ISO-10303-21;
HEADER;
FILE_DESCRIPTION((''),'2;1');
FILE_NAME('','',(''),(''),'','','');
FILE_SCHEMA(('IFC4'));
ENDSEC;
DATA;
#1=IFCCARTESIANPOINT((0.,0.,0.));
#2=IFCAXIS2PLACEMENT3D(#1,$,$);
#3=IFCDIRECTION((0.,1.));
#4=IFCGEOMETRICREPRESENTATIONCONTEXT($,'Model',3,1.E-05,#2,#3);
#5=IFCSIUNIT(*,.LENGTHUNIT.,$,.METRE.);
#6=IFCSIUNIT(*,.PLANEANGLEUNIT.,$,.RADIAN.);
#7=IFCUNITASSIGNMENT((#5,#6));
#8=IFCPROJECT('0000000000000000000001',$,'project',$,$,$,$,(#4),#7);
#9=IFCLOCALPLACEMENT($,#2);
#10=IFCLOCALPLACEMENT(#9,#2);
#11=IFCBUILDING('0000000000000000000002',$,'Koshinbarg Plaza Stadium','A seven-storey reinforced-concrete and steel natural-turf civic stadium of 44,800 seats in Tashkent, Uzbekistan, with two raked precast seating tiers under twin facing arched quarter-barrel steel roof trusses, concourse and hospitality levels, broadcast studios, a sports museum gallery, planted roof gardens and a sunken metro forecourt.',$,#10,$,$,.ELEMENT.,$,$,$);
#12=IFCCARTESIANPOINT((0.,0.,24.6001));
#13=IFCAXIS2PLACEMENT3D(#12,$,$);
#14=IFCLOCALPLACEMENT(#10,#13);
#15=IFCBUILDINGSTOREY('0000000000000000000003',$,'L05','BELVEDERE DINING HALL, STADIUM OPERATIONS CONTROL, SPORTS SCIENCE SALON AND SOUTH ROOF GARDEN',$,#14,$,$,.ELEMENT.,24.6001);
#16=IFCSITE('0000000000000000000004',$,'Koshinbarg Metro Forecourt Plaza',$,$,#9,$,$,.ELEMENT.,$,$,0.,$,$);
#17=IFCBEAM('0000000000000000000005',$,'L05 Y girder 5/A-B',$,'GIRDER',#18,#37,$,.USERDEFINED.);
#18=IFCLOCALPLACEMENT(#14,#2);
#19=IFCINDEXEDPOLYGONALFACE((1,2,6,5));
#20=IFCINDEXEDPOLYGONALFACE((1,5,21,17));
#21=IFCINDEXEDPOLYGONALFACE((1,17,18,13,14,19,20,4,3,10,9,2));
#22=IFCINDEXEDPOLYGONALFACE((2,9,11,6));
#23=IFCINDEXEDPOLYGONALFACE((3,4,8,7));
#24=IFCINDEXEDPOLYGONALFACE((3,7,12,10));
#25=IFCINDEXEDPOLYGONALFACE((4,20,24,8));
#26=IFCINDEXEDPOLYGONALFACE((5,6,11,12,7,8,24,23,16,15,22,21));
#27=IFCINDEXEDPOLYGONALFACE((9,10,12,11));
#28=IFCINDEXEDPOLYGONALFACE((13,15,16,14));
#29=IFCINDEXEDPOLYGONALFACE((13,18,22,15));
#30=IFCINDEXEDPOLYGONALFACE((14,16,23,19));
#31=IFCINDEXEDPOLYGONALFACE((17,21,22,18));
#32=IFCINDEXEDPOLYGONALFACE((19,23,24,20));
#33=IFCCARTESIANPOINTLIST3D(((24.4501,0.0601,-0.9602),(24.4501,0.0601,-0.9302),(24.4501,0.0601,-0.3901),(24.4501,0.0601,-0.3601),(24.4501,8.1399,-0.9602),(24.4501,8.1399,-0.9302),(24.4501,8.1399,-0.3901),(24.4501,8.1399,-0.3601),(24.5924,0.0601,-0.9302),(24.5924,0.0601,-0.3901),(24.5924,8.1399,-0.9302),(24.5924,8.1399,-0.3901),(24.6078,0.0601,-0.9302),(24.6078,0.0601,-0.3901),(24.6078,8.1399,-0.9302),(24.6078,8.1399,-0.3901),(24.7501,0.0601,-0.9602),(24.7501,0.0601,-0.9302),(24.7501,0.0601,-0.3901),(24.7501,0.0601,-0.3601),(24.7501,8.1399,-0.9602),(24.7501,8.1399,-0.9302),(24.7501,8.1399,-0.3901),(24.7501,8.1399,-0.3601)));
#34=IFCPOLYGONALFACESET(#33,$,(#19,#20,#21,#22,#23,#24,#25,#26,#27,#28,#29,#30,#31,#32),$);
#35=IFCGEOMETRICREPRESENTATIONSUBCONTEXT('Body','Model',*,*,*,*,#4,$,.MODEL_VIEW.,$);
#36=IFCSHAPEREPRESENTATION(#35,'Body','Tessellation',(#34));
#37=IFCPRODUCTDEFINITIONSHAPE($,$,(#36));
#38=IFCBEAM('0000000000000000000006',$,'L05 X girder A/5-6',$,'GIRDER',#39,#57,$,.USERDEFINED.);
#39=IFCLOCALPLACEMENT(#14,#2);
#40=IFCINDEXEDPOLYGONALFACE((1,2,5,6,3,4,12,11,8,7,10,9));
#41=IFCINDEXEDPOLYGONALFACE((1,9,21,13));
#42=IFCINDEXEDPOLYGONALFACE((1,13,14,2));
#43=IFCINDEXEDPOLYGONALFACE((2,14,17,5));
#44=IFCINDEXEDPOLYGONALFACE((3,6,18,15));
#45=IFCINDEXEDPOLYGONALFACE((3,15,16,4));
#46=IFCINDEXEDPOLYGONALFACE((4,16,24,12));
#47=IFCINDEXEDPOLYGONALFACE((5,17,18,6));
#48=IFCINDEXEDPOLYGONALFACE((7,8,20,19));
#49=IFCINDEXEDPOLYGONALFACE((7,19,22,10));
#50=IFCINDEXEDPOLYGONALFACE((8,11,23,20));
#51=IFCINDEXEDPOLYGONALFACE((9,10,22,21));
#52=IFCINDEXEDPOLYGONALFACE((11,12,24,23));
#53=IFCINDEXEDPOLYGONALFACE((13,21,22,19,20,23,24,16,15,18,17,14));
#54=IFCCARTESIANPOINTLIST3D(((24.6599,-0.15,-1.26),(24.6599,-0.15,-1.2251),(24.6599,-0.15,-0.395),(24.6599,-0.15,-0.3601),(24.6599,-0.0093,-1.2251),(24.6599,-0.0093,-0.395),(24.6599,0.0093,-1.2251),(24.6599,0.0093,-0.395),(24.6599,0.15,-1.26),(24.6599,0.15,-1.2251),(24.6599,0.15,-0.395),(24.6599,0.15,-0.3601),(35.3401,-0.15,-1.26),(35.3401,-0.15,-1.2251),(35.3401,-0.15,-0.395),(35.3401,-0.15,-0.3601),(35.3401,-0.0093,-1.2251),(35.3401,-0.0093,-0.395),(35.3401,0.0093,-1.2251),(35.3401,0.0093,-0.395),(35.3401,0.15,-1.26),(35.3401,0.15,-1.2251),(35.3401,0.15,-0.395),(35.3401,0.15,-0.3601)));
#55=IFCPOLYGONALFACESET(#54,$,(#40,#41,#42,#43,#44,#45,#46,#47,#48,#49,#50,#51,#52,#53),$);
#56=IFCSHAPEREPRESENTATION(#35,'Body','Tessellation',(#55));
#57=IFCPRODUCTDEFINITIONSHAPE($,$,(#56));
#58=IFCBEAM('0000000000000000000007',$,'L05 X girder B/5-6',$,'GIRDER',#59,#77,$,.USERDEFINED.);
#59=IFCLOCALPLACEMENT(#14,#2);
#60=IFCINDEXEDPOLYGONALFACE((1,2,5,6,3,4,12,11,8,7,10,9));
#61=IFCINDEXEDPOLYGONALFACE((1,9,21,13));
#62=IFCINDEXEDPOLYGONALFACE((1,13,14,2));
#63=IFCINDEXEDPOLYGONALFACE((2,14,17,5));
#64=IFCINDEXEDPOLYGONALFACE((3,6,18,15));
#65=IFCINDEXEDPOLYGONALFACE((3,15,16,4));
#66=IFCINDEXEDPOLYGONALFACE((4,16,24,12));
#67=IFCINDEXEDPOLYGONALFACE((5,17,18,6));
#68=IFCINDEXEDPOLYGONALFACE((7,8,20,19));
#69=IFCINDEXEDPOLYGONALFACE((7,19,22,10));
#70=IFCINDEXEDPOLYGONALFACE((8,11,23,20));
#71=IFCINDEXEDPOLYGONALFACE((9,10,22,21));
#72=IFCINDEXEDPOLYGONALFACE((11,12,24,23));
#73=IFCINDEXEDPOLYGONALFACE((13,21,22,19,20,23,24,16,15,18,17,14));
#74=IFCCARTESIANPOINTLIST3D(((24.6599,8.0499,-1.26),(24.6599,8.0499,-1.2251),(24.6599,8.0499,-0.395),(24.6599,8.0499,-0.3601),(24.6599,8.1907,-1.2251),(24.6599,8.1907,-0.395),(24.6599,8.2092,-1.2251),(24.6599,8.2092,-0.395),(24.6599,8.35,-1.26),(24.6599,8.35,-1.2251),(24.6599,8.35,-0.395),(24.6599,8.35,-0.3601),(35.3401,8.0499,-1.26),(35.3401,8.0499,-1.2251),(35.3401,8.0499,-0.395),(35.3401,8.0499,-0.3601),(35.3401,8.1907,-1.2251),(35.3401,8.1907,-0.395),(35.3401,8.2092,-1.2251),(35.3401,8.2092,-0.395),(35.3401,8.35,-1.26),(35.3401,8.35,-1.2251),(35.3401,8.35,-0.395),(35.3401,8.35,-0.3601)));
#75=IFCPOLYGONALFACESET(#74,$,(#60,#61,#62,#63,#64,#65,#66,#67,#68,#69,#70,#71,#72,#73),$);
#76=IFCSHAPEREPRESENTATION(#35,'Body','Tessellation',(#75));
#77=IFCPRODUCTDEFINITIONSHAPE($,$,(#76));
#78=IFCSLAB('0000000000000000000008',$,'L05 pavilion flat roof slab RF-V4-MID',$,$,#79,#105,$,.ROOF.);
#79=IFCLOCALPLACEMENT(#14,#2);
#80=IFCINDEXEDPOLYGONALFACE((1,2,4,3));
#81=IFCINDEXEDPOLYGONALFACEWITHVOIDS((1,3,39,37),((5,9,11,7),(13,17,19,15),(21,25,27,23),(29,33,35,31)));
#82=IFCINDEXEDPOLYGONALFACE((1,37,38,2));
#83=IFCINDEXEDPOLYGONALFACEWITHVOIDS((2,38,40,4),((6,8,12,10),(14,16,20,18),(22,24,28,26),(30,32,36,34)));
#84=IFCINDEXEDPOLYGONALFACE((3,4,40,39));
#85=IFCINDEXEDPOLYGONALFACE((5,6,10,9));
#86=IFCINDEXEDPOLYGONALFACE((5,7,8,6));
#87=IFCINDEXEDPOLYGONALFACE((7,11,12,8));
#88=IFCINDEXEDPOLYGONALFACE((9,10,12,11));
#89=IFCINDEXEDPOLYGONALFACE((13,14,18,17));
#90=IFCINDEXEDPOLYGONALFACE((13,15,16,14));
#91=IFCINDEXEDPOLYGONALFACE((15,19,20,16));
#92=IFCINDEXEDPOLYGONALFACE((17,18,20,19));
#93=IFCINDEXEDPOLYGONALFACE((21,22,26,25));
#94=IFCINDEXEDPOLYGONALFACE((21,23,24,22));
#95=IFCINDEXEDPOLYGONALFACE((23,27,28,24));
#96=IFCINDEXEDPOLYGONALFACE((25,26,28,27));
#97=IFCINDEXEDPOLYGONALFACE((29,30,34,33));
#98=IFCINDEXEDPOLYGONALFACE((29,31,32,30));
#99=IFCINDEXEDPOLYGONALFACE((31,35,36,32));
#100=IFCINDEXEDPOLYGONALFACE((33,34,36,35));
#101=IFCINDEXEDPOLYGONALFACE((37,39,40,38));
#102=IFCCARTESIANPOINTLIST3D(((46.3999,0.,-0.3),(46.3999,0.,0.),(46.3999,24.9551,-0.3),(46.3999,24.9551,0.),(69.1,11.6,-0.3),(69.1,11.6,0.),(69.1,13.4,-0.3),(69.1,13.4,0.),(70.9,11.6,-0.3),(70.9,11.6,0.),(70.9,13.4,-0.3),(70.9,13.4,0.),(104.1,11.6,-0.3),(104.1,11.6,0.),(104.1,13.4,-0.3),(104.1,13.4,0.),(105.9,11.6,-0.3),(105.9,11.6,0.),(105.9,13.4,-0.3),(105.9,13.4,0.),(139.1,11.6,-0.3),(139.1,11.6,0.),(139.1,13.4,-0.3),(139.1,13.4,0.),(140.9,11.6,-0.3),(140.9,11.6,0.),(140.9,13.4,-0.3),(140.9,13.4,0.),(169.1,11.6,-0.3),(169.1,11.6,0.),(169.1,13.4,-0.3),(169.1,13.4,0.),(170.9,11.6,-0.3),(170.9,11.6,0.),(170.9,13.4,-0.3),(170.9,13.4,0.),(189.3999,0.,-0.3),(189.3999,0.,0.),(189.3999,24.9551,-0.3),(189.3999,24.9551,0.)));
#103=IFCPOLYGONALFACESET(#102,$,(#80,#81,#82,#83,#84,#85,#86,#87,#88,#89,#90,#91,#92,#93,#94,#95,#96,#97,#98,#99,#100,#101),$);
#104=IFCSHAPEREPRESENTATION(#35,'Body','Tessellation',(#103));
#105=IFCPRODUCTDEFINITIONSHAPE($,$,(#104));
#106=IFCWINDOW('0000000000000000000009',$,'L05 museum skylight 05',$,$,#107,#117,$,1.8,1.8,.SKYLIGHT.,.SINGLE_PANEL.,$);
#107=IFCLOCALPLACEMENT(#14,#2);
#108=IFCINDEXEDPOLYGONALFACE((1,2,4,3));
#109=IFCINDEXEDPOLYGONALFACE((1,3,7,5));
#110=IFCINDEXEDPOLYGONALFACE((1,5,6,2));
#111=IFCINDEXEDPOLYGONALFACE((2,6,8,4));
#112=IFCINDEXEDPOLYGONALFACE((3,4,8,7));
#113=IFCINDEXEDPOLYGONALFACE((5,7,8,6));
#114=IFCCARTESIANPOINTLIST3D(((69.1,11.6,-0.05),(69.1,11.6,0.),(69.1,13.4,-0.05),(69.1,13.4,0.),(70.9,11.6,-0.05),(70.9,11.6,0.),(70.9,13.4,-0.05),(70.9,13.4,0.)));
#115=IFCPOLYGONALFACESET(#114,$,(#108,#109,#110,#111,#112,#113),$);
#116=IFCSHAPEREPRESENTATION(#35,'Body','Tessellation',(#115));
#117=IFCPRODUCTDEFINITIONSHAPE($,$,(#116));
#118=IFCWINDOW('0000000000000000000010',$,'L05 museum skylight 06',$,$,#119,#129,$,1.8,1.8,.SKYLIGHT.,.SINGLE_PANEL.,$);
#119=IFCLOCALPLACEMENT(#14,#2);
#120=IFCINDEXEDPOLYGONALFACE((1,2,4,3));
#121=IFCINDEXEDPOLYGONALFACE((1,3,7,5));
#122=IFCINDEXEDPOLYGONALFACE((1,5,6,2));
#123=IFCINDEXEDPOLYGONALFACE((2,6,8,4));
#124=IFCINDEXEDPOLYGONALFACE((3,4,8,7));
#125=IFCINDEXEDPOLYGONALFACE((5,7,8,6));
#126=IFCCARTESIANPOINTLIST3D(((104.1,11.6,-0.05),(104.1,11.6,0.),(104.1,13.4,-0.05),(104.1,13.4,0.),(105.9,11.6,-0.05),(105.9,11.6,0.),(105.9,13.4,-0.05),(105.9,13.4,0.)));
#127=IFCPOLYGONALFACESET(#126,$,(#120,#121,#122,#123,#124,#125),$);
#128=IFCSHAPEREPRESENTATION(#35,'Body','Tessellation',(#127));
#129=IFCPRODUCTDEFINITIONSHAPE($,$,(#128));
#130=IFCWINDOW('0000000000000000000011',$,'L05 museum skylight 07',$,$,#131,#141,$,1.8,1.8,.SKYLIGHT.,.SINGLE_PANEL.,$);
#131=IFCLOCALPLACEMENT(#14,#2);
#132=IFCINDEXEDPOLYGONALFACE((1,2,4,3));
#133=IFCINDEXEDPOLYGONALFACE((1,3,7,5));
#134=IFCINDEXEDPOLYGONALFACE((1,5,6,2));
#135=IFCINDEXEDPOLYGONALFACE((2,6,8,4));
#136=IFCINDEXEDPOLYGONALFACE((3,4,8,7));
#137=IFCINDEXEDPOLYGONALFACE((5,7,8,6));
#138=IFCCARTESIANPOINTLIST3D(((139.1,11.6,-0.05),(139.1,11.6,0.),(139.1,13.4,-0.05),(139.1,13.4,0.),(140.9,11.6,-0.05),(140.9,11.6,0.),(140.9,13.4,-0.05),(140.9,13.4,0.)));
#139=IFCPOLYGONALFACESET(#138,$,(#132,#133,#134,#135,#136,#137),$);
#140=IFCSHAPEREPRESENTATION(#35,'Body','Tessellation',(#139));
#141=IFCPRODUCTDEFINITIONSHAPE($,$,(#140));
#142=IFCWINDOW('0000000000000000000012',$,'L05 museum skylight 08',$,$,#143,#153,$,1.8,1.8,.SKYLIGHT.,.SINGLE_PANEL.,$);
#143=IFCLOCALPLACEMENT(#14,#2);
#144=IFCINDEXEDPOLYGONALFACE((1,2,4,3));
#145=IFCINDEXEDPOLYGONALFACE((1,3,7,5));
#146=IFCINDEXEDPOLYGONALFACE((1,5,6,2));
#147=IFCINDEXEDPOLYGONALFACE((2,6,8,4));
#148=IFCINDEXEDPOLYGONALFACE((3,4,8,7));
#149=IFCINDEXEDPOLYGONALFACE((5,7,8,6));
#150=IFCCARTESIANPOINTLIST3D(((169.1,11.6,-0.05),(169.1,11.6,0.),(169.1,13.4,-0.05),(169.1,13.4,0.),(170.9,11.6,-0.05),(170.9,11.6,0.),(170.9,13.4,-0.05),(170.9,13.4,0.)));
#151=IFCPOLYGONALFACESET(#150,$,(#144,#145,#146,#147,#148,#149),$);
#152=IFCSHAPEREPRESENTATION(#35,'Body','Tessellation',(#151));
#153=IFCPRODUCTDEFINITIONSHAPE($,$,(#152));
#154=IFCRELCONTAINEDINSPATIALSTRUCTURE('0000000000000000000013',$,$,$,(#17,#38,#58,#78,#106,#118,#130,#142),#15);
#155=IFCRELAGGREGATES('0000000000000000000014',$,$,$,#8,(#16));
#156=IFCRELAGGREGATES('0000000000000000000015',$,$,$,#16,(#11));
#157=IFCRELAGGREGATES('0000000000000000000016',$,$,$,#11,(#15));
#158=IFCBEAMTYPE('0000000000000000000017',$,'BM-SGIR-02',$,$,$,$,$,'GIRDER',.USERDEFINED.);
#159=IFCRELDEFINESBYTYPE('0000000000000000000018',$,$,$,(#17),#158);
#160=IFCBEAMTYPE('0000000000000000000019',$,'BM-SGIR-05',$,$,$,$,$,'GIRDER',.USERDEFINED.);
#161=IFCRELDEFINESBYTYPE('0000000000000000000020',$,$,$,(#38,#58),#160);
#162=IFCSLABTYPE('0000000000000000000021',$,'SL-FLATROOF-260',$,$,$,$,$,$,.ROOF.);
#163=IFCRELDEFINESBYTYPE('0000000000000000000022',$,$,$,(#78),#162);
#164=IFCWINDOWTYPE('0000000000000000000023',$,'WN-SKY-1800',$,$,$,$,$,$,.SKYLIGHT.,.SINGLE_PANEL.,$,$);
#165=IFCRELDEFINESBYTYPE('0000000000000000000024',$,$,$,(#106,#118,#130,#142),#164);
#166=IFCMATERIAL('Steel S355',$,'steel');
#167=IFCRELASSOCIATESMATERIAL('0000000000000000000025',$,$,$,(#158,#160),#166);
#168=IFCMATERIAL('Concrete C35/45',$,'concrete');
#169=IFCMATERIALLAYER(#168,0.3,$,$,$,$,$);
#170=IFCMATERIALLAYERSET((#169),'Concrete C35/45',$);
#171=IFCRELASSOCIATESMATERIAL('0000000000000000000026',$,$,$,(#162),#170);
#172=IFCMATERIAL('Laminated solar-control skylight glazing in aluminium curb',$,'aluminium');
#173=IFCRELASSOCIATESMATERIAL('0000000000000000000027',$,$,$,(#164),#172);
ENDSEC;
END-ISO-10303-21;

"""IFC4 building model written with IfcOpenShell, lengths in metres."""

from ifc_helpers import new_model, si_unit, direction, frame, origin, origin_2d, place, context, subcontext, project, spatial, polyline, rectangle, i_section, outline, extrude, material, layer, layer_set, material_profile, profile_set, type_object, element, fill, save


model = new_model("IFC4")

# Units and contexts
model_context = context("Model", 3, precision=1e-05, world=origin(), true_north=direction((0.0, 1.0)))
body_context = subcontext(model_context, "Body", "Model", "MODEL_VIEW")
ifc_project = project(units=[si_unit("LENGTHUNIT", "METRE"), si_unit("PLANEANGLEUNIT", "RADIAN")], contexts=[model_context])

# Site, building, storey
site_placement = place(None, origin())
site = spatial("IfcSite", under=ifc_project, at=site_placement, Name="Koshinbarg Metro Forecourt Plaza", CompositionType="ELEMENT", RefElevation=0.0)
building_placement = place(site_placement, origin())
building = spatial("IfcBuilding", under=site, at=building_placement, Name="Koshinbarg Plaza Stadium", Description="A seven-storey reinforced-concrete and steel natural-turf civic stadium of 44,800 seats in Tashkent, Uzbekistan, with two raked precast seating tiers under twin facing arched quarter-barrel steel roof trusses, concourse and hospitality levels, broadcast studios, a sports museum gallery, planted roof gardens and a sunken metro forecourt.", CompositionType="ELEMENT")
storey_placement = place(building_placement, frame((0.0, 0.0, 24.6001)))
storey = spatial("IfcBuildingStorey", under=building, at=storey_placement, Name="L05", Description="BELVEDERE DINING HALL, STADIUM OPERATIONS CONTROL, SPORTS SCIENCE SALON AND SOUTH ROOF GARDEN", CompositionType="ELEMENT", Elevation=24.6001)

# Beams
ifc_material_1 = material(Name="Steel S355", Category="steel")
ifc_material_profile_1 = material_profile(ifc_material_1, i_section(OverallWidth=0.3, OverallDepth=0.6001, WebThickness=0.0154, FlangeThickness=0.03, at=origin_2d()), Name="HEB 600")
ifc_profile_set_1 = profile_set([ifc_material_profile_1], Name="Steel S355")
beam_type_1 = type_object("IfcBeamType", Name="BM-SGIR-02", ElementType="GIRDER", PredefinedType="USERDEFINED", material=ifc_profile_set_1)
beam_placement = place(storey_placement, frame((24.6001, 0.0601, -0.6602), z_axis=(0.0, 1.0, 0.0), x_axis=(-1.0, 0.0, 0.0)))
element("IfcBeam", 1, at=beam_placement, inside=storey, type_object=beam_type_1, Name="L05 Y girder 5/A-B", ObjectType="GIRDER", PredefinedType="USERDEFINED", context=body_context, shape_type="SweptSolid", body=[
    extrude(i_section(OverallWidth=0.3, OverallDepth=0.6001, WebThickness=0.0154, FlangeThickness=0.03, at=origin_2d()), origin(), (0.0, 0.0, 1.0), 8.0798),
])
ifc_material_profile_2 = material_profile(ifc_material_1, i_section(OverallWidth=0.3, OverallDepth=0.8999, WebThickness=0.0186, FlangeThickness=0.0349, at=origin_2d()), Name="HEB 900")
ifc_profile_set_2 = profile_set([ifc_material_profile_2], Name="Steel S355")
beam_type_2 = type_object("IfcBeamType", Name="BM-SGIR-05", ElementType="GIRDER", PredefinedType="USERDEFINED", material=ifc_profile_set_2)
for number, where, z_axis, x_axis, name in (
    (2, (24.6599, 0.0, -0.8101), (1.0, 0.0, 0.0), (0.0, 1.0, 0.0), "L05 X girder A/5-6"),
    (3, (24.6599, 8.2, -0.8101), (1.0, 0.0, 0.0), (0.0, 1.0, 0.0), "L05 X girder B/5-6"),
):
    element("IfcBeam", number, at=place(storey_placement, frame(where, z_axis=z_axis, x_axis=x_axis)), inside=storey, type_object=beam_type_2, Name=name, ObjectType="GIRDER", PredefinedType="USERDEFINED", context=body_context, shape_type="SweptSolid", body=[
        extrude(i_section(OverallWidth=0.3, OverallDepth=0.8999, WebThickness=0.0186, FlangeThickness=0.0349, at=origin_2d()), origin(), (0.0, 0.0, 1.0), 10.6802),
    ])

# Slab, openings, windows
ifc_material_2 = material(Name="Concrete C35/45", Category="concrete")
ifc_layer_1 = layer(ifc_material_2, 0.3)
ifc_layer_set_1 = layer_set([ifc_layer_1], Name="Concrete C35/45")
slab_type_1 = type_object("IfcSlabType", Name="SL-FLATROOF-260", PredefinedType="ROOF", material=ifc_layer_set_1)
slab_1_placement = place(storey_placement, frame((0.0, 0.0, -0.3)))
slab_1 = element("IfcSlab", 4, at=slab_1_placement, inside=storey, type_object=slab_type_1, Name="L05 pavilion flat roof slab RF-V4-MID", PredefinedType="ROOF", context=body_context, shape_type="SweptSolid", body=[
    extrude(outline(polyline([(46.3999, 0.0), (189.3999, 0.0), (189.3999, 24.9551), (46.3999, 24.9551), (46.3999, 0.0)])), origin(), (0.0, 0.0, 1.0), 0.3),
])
opening_1_placement = place(slab_1_placement, frame((70.0, 12.5, 0.0)))
opening_1 = element("IfcOpeningElement", 5, at=opening_1_placement, cuts=slab_1, PredefinedType="OPENING", context=body_context, shape_type="SweptSolid", body=[
    extrude(rectangle(XDim=1.8, YDim=1.8, at=origin_2d()), frame((0.0, 0.0, -0.01)), (0.0, 0.0, 1.0), 0.3201),
])
opening_2_placement = place(slab_1_placement, frame((105.0, 12.5, 0.0)))
opening_2 = element("IfcOpeningElement", 6, at=opening_2_placement, cuts=slab_1, PredefinedType="OPENING", context=body_context, shape_type="SweptSolid", body=[
    extrude(rectangle(XDim=1.8, YDim=1.8, at=origin_2d()), frame((0.0, 0.0, -0.01)), (0.0, 0.0, 1.0), 0.3201),
])
opening_3_placement = place(slab_1_placement, frame((140.0, 12.5, 0.0)))
opening_3 = element("IfcOpeningElement", 7, at=opening_3_placement, cuts=slab_1, PredefinedType="OPENING", context=body_context, shape_type="SweptSolid", body=[
    extrude(rectangle(XDim=1.8, YDim=1.8, at=origin_2d()), frame((0.0, 0.0, -0.01)), (0.0, 0.0, 1.0), 0.3201),
])
opening_4_placement = place(slab_1_placement, frame((170.0, 12.5, 0.0)))
opening_4 = element("IfcOpeningElement", 8, at=opening_4_placement, cuts=slab_1, PredefinedType="OPENING", context=body_context, shape_type="SweptSolid", body=[
    extrude(rectangle(XDim=1.8, YDim=1.8, at=origin_2d()), frame((0.0, 0.0, -0.01)), (0.0, 0.0, 1.0), 0.3201),
])
ifc_material_3 = material(Name="Laminated solar-control skylight glazing in aluminium curb", Category="aluminium")
window_type = type_object("IfcWindowType", Name="WN-SKY-1800", PartitioningType="SINGLE_PANEL", PredefinedType="SKYLIGHT", material=ifc_material_3)
window_1_placement = place(opening_1_placement, frame((0.0, 0.0, 0.25)))
window_1 = element("IfcWindow", 9, at=window_1_placement, inside=storey, type_object=window_type, Name="L05 museum skylight 05", OverallHeight=1.8, OverallWidth=1.8, PartitioningType="SINGLE_PANEL", PredefinedType="SKYLIGHT", context=body_context, shape_type="SweptSolid", body=[
    extrude(rectangle(XDim=1.8, YDim=1.8, at=origin_2d()), origin(), (0.0, 0.0, 1.0), 0.05),
])
fill(opening_1, window_1)
window_2_placement = place(opening_2_placement, frame((0.0, 0.0, 0.25)))
window_2 = element("IfcWindow", 10, at=window_2_placement, inside=storey, type_object=window_type, Name="L05 museum skylight 06", OverallHeight=1.8, OverallWidth=1.8, PartitioningType="SINGLE_PANEL", PredefinedType="SKYLIGHT", context=body_context, shape_type="SweptSolid", body=[
    extrude(rectangle(XDim=1.8, YDim=1.8, at=origin_2d()), origin(), (0.0, 0.0, 1.0), 0.05),
])
fill(opening_2, window_2)
window_3_placement = place(opening_3_placement, frame((0.0, 0.0, 0.25)))
window_3 = element("IfcWindow", 11, at=window_3_placement, inside=storey, type_object=window_type, Name="L05 museum skylight 07", OverallHeight=1.8, OverallWidth=1.8, PartitioningType="SINGLE_PANEL", PredefinedType="SKYLIGHT", context=body_context, shape_type="SweptSolid", body=[
    extrude(rectangle(XDim=1.8, YDim=1.8, at=origin_2d()), origin(), (0.0, 0.0, 1.0), 0.05),
])
fill(opening_3, window_3)
window_4_placement = place(opening_4_placement, frame((0.0, 0.0, 0.25)))
window_4 = element("IfcWindow", 12, at=window_4_placement, inside=storey, type_object=window_type, Name="L05 museum skylight 08", OverallHeight=1.8, OverallWidth=1.8, PartitioningType="SINGLE_PANEL", PredefinedType="SKYLIGHT", context=body_context, shape_type="SweptSolid", body=[
    extrude(rectangle(XDim=1.8, YDim=1.8, at=origin_2d()), origin(), (0.0, 0.0, 1.0), 0.05),
])
fill(opening_4, window_4)

save(model, "model.ifc")
